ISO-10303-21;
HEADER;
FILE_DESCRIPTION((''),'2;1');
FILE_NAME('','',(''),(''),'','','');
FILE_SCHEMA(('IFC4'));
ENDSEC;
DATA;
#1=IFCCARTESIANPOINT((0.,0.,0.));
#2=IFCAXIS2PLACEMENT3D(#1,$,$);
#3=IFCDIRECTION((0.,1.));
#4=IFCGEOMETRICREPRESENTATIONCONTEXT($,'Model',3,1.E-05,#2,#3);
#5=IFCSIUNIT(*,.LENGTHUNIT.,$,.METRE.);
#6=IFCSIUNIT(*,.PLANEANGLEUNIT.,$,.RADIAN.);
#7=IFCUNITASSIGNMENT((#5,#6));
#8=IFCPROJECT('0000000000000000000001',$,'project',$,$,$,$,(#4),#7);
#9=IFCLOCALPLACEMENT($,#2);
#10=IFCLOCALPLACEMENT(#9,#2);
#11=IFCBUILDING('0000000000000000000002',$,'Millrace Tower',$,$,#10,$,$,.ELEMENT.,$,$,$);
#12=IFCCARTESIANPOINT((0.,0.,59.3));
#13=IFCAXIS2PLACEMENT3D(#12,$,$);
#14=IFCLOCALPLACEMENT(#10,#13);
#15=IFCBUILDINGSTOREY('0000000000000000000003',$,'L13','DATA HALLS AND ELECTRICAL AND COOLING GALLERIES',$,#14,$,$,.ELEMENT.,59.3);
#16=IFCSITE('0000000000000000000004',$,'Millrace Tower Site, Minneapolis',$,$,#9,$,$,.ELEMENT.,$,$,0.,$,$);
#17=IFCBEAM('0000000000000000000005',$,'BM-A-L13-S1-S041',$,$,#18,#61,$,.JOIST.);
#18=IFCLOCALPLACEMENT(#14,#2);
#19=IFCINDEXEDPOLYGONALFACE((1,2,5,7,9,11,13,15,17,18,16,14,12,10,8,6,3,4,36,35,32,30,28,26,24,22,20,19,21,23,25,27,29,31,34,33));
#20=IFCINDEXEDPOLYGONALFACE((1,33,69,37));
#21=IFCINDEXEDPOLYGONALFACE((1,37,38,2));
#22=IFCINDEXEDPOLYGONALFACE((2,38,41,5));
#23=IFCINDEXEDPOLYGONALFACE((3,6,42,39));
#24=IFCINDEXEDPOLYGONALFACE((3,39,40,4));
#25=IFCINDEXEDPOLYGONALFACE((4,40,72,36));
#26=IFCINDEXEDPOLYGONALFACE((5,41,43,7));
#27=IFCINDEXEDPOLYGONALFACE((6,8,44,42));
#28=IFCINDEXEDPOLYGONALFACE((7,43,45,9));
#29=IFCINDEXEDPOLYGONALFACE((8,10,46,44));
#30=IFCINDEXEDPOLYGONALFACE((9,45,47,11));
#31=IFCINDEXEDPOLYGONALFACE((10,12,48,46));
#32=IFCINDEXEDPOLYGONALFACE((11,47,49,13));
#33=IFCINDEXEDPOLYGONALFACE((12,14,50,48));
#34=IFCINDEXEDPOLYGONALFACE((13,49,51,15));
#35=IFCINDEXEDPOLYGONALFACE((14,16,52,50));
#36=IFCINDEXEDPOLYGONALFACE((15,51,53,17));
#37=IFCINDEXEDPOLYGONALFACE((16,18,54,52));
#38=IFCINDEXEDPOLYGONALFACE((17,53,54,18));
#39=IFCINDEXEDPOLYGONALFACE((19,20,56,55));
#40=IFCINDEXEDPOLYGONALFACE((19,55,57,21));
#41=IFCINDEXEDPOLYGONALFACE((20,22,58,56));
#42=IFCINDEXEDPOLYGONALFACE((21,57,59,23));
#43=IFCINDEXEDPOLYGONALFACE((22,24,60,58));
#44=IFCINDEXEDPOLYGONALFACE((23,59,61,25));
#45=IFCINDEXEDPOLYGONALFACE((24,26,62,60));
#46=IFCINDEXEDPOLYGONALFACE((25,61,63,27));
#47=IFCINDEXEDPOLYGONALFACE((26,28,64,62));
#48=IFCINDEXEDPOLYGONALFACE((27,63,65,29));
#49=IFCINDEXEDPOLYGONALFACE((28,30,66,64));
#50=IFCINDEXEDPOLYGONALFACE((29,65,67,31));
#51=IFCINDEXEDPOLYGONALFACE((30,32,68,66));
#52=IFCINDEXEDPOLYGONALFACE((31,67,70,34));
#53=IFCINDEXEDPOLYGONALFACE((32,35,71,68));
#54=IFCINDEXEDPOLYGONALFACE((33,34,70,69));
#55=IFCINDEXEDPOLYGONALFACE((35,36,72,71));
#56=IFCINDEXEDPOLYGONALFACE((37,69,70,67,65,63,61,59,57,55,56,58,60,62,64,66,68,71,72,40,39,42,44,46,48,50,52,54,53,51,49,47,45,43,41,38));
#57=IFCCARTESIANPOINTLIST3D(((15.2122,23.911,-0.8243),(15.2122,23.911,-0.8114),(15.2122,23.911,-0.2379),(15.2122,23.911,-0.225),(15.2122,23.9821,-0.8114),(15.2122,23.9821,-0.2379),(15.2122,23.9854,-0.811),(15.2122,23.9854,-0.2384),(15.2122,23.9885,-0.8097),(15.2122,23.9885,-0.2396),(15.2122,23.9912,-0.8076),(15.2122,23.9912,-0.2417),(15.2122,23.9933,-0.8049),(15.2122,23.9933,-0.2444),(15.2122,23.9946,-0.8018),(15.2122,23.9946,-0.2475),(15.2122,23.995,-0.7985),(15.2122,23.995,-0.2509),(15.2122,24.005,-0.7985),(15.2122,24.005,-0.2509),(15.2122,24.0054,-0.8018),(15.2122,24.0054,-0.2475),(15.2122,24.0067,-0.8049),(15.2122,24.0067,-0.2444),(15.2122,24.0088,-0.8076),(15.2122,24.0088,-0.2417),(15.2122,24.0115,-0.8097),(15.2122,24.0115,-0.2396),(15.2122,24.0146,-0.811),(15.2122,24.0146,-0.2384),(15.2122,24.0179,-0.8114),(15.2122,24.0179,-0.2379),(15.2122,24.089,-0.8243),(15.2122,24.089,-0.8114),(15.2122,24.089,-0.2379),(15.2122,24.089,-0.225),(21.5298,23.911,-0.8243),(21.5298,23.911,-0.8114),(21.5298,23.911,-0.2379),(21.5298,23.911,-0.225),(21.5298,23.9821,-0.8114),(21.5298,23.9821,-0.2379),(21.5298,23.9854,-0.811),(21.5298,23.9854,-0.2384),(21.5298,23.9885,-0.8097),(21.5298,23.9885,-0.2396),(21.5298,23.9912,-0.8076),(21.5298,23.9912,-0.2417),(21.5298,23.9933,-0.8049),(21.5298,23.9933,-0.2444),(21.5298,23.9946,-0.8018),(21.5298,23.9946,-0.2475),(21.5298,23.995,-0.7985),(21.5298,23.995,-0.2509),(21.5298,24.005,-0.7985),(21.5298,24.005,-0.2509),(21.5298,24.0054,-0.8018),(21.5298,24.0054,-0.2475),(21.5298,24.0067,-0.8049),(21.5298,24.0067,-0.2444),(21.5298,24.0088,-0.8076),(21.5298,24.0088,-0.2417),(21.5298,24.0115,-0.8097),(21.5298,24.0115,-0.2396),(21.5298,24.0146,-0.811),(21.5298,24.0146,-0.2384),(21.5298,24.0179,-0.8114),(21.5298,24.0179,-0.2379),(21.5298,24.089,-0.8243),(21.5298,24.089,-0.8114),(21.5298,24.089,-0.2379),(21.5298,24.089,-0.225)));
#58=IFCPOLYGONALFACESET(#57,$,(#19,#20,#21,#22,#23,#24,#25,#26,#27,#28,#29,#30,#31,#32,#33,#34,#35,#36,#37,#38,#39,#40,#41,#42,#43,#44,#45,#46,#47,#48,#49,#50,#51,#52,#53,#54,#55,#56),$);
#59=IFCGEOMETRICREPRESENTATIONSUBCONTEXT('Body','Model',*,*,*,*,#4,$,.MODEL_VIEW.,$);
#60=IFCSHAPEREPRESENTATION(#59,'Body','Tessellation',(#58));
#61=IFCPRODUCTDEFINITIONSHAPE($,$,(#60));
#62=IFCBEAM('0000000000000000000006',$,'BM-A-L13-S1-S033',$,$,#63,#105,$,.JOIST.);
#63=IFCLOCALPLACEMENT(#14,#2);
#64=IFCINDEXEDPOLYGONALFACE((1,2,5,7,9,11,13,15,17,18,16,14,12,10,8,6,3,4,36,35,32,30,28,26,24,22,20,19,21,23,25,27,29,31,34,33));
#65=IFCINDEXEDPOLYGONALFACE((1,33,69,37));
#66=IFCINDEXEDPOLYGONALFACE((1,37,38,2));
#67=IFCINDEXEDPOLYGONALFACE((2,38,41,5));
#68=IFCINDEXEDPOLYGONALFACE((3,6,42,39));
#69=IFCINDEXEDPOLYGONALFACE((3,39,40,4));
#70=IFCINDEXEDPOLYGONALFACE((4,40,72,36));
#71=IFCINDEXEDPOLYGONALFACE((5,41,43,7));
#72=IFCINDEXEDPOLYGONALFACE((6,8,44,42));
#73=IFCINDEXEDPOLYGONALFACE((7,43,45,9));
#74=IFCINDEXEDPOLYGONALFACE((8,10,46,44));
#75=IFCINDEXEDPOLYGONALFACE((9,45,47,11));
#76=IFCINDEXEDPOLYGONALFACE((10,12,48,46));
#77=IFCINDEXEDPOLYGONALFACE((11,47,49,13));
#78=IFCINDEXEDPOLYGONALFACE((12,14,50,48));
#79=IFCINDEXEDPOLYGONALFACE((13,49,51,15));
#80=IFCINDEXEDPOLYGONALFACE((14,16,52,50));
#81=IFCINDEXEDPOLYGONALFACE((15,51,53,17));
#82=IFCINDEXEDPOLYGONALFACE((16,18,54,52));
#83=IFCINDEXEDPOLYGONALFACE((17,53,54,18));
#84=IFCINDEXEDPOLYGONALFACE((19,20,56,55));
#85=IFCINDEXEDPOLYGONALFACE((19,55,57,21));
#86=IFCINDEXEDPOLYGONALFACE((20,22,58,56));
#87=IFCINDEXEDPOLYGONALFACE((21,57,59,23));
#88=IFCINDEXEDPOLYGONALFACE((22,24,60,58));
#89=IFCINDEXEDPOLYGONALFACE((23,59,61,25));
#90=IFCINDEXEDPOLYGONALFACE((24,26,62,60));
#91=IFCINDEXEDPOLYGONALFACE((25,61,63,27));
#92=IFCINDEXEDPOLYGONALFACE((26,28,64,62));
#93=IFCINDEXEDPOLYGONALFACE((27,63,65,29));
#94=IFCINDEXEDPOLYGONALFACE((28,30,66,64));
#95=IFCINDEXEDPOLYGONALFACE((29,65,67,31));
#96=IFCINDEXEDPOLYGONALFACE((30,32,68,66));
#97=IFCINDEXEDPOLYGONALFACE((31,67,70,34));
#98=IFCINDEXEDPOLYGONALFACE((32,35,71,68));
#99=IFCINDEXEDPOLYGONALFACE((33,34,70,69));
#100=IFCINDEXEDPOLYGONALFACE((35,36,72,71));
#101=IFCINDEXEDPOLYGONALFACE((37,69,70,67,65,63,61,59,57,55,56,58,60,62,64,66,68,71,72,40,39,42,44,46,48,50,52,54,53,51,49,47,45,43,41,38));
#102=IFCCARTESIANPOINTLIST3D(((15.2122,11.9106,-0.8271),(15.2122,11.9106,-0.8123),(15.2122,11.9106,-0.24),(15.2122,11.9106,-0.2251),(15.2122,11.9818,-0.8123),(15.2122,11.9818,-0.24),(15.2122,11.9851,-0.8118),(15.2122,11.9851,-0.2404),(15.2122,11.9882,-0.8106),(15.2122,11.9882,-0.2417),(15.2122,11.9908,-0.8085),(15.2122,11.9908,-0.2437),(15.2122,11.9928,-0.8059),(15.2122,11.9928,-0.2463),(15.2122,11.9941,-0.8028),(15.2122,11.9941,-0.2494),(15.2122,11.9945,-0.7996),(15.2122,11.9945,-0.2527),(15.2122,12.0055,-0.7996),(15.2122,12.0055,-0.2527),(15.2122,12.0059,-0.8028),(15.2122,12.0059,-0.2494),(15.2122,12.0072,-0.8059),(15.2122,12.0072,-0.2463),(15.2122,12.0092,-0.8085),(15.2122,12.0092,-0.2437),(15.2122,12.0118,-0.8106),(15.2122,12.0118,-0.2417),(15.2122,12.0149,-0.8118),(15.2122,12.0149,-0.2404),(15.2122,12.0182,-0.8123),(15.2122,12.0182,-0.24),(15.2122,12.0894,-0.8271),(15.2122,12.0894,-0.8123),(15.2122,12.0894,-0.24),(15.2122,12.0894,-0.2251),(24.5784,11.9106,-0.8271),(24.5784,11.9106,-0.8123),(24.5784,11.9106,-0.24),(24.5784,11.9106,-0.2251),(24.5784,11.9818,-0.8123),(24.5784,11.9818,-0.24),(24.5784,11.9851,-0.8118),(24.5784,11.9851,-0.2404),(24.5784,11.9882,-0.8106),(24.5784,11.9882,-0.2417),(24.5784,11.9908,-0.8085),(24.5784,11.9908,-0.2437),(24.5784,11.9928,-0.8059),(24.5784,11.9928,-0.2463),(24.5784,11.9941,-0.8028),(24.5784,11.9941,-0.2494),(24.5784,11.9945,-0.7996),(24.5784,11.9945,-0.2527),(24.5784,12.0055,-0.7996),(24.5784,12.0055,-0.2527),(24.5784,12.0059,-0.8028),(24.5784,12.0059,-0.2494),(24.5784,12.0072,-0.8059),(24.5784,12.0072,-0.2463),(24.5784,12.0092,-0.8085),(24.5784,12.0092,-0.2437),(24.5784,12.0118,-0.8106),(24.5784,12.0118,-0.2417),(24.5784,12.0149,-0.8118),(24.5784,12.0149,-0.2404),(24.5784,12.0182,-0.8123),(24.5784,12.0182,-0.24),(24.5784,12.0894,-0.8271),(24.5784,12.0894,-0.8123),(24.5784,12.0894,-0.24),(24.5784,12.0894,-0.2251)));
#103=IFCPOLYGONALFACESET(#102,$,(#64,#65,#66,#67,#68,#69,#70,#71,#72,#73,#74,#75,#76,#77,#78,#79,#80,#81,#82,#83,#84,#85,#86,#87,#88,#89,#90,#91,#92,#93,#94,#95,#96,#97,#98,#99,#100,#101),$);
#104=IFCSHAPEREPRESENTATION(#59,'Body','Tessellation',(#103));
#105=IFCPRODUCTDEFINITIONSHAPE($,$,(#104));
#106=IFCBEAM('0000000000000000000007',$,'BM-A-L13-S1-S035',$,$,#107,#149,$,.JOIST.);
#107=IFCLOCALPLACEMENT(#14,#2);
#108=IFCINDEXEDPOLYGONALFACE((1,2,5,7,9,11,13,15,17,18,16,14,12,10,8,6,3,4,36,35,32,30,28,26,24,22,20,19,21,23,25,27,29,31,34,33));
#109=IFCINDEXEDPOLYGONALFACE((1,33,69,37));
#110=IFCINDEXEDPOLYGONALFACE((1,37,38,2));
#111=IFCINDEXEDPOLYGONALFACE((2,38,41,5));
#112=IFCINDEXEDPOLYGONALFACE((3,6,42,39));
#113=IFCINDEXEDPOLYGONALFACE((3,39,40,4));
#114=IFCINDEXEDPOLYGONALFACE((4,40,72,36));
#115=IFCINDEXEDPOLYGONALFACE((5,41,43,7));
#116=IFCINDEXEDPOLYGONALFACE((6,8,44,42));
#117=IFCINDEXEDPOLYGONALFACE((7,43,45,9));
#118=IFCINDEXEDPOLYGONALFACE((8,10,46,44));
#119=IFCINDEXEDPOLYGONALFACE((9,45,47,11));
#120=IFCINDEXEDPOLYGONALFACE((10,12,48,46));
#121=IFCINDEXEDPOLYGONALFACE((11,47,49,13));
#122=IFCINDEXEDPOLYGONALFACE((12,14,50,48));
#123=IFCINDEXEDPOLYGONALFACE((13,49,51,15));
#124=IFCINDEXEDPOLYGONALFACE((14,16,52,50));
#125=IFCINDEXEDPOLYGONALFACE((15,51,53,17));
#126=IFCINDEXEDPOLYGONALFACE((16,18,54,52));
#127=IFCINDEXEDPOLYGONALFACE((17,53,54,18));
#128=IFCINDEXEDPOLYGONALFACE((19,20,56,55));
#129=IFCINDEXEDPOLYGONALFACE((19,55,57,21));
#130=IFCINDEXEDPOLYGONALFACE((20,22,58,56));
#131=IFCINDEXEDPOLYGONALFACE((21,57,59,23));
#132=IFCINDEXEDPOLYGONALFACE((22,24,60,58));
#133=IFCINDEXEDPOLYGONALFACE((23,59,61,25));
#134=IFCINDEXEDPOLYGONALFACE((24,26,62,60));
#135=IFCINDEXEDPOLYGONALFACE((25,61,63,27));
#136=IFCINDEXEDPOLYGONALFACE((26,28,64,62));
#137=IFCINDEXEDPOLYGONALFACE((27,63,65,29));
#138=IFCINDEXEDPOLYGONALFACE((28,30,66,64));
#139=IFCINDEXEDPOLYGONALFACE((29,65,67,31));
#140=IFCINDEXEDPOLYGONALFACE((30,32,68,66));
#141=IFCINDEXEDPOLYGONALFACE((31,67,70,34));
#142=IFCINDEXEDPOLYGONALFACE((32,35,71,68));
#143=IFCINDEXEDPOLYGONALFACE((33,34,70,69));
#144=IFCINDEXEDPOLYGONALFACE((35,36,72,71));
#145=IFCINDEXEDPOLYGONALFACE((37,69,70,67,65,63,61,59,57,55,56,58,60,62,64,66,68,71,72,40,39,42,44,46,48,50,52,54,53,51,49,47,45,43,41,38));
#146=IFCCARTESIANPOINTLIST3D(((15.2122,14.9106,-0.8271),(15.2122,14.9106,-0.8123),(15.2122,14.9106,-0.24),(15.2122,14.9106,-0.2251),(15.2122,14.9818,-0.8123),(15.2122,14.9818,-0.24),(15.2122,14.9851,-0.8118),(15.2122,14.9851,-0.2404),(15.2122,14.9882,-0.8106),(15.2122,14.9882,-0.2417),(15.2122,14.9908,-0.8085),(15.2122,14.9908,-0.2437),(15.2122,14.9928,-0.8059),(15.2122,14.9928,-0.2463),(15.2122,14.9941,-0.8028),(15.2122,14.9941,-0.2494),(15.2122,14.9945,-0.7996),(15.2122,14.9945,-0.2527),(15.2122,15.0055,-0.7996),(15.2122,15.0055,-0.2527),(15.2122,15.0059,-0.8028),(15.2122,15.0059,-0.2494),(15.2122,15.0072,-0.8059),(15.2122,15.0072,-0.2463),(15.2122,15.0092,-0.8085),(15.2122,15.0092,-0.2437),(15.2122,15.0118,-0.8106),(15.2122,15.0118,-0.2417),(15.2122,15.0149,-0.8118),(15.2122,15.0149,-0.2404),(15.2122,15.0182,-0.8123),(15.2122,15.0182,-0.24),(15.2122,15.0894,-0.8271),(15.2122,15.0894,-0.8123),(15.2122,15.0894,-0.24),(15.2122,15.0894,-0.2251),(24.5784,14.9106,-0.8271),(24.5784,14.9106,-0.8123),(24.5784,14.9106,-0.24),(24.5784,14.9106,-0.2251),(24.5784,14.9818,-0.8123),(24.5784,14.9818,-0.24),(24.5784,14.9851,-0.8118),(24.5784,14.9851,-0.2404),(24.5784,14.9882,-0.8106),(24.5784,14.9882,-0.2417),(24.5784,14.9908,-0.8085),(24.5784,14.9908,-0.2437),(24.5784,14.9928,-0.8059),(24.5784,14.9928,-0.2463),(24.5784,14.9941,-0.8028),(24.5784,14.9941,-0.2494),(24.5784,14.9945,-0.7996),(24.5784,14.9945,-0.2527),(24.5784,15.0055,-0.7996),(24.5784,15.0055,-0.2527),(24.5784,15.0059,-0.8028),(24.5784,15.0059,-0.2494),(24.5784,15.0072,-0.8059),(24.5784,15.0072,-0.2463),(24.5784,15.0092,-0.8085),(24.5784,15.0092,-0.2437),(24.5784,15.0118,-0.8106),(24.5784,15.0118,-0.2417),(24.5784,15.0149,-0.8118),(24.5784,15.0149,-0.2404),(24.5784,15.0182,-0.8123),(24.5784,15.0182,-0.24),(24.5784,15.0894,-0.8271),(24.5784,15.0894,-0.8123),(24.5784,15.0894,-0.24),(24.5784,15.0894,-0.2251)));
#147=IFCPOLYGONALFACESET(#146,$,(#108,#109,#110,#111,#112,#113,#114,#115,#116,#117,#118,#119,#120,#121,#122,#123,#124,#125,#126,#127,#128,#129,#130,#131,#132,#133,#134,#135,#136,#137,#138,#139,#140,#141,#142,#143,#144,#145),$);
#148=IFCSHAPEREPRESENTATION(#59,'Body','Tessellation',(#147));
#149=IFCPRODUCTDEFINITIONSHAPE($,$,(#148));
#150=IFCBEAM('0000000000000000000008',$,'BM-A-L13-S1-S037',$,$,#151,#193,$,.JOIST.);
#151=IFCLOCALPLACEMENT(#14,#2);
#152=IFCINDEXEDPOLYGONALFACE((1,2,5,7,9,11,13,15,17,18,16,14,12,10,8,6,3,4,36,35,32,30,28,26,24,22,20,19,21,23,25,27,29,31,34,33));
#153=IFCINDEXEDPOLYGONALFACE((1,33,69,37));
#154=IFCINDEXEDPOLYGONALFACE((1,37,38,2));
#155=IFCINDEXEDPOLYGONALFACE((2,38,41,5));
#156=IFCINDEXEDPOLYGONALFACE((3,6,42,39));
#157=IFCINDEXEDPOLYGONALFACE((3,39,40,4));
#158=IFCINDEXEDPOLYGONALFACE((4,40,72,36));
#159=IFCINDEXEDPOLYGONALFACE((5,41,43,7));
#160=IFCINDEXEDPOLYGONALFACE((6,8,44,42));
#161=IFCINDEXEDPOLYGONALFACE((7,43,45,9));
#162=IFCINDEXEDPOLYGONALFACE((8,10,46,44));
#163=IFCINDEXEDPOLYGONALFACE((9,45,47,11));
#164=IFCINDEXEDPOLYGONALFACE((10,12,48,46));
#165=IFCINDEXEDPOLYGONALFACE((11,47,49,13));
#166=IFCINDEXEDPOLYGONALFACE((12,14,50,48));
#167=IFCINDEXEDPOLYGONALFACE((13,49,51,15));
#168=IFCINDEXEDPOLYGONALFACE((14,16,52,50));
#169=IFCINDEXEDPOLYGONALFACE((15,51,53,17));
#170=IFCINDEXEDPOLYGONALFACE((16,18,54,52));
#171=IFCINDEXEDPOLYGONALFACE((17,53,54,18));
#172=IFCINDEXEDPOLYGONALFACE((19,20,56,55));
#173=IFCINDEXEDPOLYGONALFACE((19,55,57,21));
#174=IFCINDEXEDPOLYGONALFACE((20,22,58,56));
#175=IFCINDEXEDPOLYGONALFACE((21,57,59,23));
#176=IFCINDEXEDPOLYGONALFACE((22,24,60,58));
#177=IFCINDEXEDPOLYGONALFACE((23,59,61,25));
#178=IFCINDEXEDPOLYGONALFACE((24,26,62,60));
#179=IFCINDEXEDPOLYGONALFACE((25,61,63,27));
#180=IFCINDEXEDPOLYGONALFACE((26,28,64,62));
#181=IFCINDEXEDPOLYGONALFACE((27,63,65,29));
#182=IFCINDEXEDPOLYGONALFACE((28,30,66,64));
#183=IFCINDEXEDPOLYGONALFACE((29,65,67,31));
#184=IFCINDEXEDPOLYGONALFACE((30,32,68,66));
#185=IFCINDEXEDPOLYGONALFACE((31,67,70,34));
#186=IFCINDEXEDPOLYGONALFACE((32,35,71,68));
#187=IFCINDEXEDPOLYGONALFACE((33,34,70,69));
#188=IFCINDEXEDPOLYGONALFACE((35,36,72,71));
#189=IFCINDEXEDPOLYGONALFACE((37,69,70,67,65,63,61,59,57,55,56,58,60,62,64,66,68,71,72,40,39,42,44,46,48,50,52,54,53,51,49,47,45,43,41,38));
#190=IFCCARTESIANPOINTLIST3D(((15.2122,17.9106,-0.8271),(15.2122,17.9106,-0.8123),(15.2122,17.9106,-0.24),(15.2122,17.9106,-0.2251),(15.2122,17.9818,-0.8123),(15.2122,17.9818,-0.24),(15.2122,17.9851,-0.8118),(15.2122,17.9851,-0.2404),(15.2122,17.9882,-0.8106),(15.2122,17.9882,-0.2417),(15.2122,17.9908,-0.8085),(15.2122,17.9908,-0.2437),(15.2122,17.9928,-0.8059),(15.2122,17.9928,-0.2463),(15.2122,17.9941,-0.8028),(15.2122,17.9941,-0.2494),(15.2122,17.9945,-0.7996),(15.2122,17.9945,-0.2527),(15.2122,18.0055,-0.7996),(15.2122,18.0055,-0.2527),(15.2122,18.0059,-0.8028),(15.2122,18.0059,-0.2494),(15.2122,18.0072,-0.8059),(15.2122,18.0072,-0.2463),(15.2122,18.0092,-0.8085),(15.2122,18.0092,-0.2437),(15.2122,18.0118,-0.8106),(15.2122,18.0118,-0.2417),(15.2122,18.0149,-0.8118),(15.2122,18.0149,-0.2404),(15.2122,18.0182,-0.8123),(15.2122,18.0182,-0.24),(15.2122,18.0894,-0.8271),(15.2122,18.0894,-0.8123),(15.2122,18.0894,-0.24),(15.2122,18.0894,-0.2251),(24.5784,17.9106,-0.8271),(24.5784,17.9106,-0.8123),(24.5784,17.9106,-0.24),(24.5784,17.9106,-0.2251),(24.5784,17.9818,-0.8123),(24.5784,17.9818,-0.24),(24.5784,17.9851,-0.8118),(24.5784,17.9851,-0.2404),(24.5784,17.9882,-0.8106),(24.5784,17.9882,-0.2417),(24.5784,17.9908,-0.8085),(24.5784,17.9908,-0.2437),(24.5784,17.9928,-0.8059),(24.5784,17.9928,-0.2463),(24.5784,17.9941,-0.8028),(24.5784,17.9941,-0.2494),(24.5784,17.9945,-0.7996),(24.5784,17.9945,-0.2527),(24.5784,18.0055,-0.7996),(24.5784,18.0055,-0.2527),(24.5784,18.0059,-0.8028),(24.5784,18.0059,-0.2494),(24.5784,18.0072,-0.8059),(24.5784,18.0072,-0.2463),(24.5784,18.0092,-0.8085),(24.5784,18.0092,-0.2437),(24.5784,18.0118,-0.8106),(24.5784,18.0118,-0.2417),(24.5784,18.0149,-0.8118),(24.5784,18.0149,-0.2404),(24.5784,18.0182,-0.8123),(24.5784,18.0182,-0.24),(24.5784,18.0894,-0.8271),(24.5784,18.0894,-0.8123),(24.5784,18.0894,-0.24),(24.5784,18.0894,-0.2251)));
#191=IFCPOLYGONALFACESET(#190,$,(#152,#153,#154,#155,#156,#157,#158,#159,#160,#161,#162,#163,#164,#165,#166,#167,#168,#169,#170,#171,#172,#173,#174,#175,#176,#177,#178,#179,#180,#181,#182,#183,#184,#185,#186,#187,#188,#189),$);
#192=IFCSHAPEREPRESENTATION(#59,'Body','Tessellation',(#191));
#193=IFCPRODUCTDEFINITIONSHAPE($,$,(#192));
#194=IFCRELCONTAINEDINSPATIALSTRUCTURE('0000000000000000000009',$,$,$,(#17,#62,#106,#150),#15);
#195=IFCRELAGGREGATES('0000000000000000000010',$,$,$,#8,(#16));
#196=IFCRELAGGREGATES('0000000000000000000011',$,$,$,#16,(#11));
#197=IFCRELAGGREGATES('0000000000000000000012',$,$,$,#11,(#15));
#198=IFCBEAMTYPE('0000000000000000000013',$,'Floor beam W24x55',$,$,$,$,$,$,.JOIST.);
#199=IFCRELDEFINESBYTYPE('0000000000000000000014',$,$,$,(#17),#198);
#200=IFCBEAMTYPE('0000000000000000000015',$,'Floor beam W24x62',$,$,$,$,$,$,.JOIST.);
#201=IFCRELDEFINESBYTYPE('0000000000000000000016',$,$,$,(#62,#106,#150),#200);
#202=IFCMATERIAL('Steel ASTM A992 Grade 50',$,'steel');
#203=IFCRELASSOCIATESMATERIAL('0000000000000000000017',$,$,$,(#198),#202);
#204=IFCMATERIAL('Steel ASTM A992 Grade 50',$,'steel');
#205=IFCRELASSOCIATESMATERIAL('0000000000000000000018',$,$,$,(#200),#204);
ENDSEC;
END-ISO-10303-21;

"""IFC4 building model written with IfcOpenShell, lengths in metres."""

from ifc_helpers import new_model, si_unit, direction, frame, origin, origin_2d, place, context, subcontext, project, spatial, i_section, extrude, material, material_profile, profile_set, type_object, element, save


model = new_model("IFC4")

# Units and contexts
model_context = context("Model", 3, precision=1e-05, world=origin(), true_north=direction((0.0, 1.0)))
body_context = subcontext(model_context, "Body", "Model", "MODEL_VIEW")
ifc_project = project(units=[si_unit("LENGTHUNIT", "METRE"), si_unit("PLANEANGLEUNIT", "RADIAN")], contexts=[model_context])

# Site, building, storey
site_placement = place(None, origin())
site = spatial("IfcSite", under=ifc_project, at=site_placement, Name="Millrace Tower Site, Minneapolis", CompositionType="ELEMENT", RefElevation=0.0)
building_placement = place(site_placement, origin())
building = spatial("IfcBuilding", under=site, at=building_placement, Name="Millrace Tower", CompositionType="ELEMENT")
storey_placement = place(building_placement, frame((0.0, 0.0, 59.3)))
storey = spatial("IfcBuildingStorey", under=building, at=storey_placement, Name="L13", Description="DATA HALLS AND ELECTRICAL AND COOLING GALLERIES", CompositionType="ELEMENT", Elevation=59.3)

# Beams
ifc_material_1 = material(Name="Steel ASTM A992 Grade 50", Category="steel")
ifc_material_profile_1 = material_profile(ifc_material_1, i_section(OverallWidth=0.178, OverallDepth=0.5994, WebThickness=0.01, FlangeThickness=0.0129, FilletRadius=0.0129, at=origin_2d()))
ifc_profile_set_1 = profile_set([ifc_material_profile_1], Name="Steel ASTM A992 Grade 50")
beam_type_1 = type_object("IfcBeamType", Name="Floor beam W24x55", PredefinedType="JOIST", material=ifc_profile_set_1)
beam_1_placement = place(storey_placement, frame((15.2122, 24.0, -0.5247), z_axis=(1.0, 0.0, 0.0), x_axis=(0.0, 1.0, 0.0)))
element("IfcBeam", 1, at=beam_1_placement, inside=storey, type_object=beam_type_1, Name="BM-A-L13-S1-S041", PredefinedType="JOIST", context=body_context, shape_type="SweptSolid", body=[
    extrude(i_section(OverallWidth=0.178, OverallDepth=0.5994, WebThickness=0.01, FlangeThickness=0.0129, FilletRadius=0.0129, at=origin_2d()), origin(), (0.0, 0.0, 1.0), 6.3176),
])
ifc_material_2 = material(Name="Steel ASTM A992 Grade 50", Category="steel")
ifc_material_profile_2 = material_profile(ifc_material_2, i_section(OverallWidth=0.1787, OverallDepth=0.6021, WebThickness=0.011, FlangeThickness=0.0149, FilletRadius=0.0127, at=origin_2d()))
ifc_profile_set_2 = profile_set([ifc_material_profile_2], Name="Steel ASTM A992 Grade 50")
beam_type_2 = type_object("IfcBeamType", Name="Floor beam W24x62", PredefinedType="JOIST", material=ifc_profile_set_2)
for number, where, z_axis, x_axis, name in (
    (2, (15.2122, 12.0, -0.5261), (1.0, 0.0, 0.0), (0.0, 1.0, 0.0), "BM-A-L13-S1-S033"),
    (3, (15.2122, 15.0, -0.5261), (1.0, 0.0, 0.0), (0.0, 1.0, 0.0), "BM-A-L13-S1-S035"),
    (4, (15.2122, 18.0, -0.5261), (1.0, 0.0, 0.0), (0.0, 1.0, 0.0), "BM-A-L13-S1-S037"),
):
    element("IfcBeam", number, at=place(storey_placement, frame(where, z_axis=z_axis, x_axis=x_axis)), inside=storey, type_object=beam_type_2, Name=name, PredefinedType="JOIST", context=body_context, shape_type="SweptSolid", body=[
        extrude(i_section(OverallWidth=0.1787, OverallDepth=0.6021, WebThickness=0.011, FlangeThickness=0.0149, FilletRadius=0.0127, at=origin_2d()), origin(), (0.0, 0.0, 1.0), 9.3662),
    ])

save(model, "model.ifc")
